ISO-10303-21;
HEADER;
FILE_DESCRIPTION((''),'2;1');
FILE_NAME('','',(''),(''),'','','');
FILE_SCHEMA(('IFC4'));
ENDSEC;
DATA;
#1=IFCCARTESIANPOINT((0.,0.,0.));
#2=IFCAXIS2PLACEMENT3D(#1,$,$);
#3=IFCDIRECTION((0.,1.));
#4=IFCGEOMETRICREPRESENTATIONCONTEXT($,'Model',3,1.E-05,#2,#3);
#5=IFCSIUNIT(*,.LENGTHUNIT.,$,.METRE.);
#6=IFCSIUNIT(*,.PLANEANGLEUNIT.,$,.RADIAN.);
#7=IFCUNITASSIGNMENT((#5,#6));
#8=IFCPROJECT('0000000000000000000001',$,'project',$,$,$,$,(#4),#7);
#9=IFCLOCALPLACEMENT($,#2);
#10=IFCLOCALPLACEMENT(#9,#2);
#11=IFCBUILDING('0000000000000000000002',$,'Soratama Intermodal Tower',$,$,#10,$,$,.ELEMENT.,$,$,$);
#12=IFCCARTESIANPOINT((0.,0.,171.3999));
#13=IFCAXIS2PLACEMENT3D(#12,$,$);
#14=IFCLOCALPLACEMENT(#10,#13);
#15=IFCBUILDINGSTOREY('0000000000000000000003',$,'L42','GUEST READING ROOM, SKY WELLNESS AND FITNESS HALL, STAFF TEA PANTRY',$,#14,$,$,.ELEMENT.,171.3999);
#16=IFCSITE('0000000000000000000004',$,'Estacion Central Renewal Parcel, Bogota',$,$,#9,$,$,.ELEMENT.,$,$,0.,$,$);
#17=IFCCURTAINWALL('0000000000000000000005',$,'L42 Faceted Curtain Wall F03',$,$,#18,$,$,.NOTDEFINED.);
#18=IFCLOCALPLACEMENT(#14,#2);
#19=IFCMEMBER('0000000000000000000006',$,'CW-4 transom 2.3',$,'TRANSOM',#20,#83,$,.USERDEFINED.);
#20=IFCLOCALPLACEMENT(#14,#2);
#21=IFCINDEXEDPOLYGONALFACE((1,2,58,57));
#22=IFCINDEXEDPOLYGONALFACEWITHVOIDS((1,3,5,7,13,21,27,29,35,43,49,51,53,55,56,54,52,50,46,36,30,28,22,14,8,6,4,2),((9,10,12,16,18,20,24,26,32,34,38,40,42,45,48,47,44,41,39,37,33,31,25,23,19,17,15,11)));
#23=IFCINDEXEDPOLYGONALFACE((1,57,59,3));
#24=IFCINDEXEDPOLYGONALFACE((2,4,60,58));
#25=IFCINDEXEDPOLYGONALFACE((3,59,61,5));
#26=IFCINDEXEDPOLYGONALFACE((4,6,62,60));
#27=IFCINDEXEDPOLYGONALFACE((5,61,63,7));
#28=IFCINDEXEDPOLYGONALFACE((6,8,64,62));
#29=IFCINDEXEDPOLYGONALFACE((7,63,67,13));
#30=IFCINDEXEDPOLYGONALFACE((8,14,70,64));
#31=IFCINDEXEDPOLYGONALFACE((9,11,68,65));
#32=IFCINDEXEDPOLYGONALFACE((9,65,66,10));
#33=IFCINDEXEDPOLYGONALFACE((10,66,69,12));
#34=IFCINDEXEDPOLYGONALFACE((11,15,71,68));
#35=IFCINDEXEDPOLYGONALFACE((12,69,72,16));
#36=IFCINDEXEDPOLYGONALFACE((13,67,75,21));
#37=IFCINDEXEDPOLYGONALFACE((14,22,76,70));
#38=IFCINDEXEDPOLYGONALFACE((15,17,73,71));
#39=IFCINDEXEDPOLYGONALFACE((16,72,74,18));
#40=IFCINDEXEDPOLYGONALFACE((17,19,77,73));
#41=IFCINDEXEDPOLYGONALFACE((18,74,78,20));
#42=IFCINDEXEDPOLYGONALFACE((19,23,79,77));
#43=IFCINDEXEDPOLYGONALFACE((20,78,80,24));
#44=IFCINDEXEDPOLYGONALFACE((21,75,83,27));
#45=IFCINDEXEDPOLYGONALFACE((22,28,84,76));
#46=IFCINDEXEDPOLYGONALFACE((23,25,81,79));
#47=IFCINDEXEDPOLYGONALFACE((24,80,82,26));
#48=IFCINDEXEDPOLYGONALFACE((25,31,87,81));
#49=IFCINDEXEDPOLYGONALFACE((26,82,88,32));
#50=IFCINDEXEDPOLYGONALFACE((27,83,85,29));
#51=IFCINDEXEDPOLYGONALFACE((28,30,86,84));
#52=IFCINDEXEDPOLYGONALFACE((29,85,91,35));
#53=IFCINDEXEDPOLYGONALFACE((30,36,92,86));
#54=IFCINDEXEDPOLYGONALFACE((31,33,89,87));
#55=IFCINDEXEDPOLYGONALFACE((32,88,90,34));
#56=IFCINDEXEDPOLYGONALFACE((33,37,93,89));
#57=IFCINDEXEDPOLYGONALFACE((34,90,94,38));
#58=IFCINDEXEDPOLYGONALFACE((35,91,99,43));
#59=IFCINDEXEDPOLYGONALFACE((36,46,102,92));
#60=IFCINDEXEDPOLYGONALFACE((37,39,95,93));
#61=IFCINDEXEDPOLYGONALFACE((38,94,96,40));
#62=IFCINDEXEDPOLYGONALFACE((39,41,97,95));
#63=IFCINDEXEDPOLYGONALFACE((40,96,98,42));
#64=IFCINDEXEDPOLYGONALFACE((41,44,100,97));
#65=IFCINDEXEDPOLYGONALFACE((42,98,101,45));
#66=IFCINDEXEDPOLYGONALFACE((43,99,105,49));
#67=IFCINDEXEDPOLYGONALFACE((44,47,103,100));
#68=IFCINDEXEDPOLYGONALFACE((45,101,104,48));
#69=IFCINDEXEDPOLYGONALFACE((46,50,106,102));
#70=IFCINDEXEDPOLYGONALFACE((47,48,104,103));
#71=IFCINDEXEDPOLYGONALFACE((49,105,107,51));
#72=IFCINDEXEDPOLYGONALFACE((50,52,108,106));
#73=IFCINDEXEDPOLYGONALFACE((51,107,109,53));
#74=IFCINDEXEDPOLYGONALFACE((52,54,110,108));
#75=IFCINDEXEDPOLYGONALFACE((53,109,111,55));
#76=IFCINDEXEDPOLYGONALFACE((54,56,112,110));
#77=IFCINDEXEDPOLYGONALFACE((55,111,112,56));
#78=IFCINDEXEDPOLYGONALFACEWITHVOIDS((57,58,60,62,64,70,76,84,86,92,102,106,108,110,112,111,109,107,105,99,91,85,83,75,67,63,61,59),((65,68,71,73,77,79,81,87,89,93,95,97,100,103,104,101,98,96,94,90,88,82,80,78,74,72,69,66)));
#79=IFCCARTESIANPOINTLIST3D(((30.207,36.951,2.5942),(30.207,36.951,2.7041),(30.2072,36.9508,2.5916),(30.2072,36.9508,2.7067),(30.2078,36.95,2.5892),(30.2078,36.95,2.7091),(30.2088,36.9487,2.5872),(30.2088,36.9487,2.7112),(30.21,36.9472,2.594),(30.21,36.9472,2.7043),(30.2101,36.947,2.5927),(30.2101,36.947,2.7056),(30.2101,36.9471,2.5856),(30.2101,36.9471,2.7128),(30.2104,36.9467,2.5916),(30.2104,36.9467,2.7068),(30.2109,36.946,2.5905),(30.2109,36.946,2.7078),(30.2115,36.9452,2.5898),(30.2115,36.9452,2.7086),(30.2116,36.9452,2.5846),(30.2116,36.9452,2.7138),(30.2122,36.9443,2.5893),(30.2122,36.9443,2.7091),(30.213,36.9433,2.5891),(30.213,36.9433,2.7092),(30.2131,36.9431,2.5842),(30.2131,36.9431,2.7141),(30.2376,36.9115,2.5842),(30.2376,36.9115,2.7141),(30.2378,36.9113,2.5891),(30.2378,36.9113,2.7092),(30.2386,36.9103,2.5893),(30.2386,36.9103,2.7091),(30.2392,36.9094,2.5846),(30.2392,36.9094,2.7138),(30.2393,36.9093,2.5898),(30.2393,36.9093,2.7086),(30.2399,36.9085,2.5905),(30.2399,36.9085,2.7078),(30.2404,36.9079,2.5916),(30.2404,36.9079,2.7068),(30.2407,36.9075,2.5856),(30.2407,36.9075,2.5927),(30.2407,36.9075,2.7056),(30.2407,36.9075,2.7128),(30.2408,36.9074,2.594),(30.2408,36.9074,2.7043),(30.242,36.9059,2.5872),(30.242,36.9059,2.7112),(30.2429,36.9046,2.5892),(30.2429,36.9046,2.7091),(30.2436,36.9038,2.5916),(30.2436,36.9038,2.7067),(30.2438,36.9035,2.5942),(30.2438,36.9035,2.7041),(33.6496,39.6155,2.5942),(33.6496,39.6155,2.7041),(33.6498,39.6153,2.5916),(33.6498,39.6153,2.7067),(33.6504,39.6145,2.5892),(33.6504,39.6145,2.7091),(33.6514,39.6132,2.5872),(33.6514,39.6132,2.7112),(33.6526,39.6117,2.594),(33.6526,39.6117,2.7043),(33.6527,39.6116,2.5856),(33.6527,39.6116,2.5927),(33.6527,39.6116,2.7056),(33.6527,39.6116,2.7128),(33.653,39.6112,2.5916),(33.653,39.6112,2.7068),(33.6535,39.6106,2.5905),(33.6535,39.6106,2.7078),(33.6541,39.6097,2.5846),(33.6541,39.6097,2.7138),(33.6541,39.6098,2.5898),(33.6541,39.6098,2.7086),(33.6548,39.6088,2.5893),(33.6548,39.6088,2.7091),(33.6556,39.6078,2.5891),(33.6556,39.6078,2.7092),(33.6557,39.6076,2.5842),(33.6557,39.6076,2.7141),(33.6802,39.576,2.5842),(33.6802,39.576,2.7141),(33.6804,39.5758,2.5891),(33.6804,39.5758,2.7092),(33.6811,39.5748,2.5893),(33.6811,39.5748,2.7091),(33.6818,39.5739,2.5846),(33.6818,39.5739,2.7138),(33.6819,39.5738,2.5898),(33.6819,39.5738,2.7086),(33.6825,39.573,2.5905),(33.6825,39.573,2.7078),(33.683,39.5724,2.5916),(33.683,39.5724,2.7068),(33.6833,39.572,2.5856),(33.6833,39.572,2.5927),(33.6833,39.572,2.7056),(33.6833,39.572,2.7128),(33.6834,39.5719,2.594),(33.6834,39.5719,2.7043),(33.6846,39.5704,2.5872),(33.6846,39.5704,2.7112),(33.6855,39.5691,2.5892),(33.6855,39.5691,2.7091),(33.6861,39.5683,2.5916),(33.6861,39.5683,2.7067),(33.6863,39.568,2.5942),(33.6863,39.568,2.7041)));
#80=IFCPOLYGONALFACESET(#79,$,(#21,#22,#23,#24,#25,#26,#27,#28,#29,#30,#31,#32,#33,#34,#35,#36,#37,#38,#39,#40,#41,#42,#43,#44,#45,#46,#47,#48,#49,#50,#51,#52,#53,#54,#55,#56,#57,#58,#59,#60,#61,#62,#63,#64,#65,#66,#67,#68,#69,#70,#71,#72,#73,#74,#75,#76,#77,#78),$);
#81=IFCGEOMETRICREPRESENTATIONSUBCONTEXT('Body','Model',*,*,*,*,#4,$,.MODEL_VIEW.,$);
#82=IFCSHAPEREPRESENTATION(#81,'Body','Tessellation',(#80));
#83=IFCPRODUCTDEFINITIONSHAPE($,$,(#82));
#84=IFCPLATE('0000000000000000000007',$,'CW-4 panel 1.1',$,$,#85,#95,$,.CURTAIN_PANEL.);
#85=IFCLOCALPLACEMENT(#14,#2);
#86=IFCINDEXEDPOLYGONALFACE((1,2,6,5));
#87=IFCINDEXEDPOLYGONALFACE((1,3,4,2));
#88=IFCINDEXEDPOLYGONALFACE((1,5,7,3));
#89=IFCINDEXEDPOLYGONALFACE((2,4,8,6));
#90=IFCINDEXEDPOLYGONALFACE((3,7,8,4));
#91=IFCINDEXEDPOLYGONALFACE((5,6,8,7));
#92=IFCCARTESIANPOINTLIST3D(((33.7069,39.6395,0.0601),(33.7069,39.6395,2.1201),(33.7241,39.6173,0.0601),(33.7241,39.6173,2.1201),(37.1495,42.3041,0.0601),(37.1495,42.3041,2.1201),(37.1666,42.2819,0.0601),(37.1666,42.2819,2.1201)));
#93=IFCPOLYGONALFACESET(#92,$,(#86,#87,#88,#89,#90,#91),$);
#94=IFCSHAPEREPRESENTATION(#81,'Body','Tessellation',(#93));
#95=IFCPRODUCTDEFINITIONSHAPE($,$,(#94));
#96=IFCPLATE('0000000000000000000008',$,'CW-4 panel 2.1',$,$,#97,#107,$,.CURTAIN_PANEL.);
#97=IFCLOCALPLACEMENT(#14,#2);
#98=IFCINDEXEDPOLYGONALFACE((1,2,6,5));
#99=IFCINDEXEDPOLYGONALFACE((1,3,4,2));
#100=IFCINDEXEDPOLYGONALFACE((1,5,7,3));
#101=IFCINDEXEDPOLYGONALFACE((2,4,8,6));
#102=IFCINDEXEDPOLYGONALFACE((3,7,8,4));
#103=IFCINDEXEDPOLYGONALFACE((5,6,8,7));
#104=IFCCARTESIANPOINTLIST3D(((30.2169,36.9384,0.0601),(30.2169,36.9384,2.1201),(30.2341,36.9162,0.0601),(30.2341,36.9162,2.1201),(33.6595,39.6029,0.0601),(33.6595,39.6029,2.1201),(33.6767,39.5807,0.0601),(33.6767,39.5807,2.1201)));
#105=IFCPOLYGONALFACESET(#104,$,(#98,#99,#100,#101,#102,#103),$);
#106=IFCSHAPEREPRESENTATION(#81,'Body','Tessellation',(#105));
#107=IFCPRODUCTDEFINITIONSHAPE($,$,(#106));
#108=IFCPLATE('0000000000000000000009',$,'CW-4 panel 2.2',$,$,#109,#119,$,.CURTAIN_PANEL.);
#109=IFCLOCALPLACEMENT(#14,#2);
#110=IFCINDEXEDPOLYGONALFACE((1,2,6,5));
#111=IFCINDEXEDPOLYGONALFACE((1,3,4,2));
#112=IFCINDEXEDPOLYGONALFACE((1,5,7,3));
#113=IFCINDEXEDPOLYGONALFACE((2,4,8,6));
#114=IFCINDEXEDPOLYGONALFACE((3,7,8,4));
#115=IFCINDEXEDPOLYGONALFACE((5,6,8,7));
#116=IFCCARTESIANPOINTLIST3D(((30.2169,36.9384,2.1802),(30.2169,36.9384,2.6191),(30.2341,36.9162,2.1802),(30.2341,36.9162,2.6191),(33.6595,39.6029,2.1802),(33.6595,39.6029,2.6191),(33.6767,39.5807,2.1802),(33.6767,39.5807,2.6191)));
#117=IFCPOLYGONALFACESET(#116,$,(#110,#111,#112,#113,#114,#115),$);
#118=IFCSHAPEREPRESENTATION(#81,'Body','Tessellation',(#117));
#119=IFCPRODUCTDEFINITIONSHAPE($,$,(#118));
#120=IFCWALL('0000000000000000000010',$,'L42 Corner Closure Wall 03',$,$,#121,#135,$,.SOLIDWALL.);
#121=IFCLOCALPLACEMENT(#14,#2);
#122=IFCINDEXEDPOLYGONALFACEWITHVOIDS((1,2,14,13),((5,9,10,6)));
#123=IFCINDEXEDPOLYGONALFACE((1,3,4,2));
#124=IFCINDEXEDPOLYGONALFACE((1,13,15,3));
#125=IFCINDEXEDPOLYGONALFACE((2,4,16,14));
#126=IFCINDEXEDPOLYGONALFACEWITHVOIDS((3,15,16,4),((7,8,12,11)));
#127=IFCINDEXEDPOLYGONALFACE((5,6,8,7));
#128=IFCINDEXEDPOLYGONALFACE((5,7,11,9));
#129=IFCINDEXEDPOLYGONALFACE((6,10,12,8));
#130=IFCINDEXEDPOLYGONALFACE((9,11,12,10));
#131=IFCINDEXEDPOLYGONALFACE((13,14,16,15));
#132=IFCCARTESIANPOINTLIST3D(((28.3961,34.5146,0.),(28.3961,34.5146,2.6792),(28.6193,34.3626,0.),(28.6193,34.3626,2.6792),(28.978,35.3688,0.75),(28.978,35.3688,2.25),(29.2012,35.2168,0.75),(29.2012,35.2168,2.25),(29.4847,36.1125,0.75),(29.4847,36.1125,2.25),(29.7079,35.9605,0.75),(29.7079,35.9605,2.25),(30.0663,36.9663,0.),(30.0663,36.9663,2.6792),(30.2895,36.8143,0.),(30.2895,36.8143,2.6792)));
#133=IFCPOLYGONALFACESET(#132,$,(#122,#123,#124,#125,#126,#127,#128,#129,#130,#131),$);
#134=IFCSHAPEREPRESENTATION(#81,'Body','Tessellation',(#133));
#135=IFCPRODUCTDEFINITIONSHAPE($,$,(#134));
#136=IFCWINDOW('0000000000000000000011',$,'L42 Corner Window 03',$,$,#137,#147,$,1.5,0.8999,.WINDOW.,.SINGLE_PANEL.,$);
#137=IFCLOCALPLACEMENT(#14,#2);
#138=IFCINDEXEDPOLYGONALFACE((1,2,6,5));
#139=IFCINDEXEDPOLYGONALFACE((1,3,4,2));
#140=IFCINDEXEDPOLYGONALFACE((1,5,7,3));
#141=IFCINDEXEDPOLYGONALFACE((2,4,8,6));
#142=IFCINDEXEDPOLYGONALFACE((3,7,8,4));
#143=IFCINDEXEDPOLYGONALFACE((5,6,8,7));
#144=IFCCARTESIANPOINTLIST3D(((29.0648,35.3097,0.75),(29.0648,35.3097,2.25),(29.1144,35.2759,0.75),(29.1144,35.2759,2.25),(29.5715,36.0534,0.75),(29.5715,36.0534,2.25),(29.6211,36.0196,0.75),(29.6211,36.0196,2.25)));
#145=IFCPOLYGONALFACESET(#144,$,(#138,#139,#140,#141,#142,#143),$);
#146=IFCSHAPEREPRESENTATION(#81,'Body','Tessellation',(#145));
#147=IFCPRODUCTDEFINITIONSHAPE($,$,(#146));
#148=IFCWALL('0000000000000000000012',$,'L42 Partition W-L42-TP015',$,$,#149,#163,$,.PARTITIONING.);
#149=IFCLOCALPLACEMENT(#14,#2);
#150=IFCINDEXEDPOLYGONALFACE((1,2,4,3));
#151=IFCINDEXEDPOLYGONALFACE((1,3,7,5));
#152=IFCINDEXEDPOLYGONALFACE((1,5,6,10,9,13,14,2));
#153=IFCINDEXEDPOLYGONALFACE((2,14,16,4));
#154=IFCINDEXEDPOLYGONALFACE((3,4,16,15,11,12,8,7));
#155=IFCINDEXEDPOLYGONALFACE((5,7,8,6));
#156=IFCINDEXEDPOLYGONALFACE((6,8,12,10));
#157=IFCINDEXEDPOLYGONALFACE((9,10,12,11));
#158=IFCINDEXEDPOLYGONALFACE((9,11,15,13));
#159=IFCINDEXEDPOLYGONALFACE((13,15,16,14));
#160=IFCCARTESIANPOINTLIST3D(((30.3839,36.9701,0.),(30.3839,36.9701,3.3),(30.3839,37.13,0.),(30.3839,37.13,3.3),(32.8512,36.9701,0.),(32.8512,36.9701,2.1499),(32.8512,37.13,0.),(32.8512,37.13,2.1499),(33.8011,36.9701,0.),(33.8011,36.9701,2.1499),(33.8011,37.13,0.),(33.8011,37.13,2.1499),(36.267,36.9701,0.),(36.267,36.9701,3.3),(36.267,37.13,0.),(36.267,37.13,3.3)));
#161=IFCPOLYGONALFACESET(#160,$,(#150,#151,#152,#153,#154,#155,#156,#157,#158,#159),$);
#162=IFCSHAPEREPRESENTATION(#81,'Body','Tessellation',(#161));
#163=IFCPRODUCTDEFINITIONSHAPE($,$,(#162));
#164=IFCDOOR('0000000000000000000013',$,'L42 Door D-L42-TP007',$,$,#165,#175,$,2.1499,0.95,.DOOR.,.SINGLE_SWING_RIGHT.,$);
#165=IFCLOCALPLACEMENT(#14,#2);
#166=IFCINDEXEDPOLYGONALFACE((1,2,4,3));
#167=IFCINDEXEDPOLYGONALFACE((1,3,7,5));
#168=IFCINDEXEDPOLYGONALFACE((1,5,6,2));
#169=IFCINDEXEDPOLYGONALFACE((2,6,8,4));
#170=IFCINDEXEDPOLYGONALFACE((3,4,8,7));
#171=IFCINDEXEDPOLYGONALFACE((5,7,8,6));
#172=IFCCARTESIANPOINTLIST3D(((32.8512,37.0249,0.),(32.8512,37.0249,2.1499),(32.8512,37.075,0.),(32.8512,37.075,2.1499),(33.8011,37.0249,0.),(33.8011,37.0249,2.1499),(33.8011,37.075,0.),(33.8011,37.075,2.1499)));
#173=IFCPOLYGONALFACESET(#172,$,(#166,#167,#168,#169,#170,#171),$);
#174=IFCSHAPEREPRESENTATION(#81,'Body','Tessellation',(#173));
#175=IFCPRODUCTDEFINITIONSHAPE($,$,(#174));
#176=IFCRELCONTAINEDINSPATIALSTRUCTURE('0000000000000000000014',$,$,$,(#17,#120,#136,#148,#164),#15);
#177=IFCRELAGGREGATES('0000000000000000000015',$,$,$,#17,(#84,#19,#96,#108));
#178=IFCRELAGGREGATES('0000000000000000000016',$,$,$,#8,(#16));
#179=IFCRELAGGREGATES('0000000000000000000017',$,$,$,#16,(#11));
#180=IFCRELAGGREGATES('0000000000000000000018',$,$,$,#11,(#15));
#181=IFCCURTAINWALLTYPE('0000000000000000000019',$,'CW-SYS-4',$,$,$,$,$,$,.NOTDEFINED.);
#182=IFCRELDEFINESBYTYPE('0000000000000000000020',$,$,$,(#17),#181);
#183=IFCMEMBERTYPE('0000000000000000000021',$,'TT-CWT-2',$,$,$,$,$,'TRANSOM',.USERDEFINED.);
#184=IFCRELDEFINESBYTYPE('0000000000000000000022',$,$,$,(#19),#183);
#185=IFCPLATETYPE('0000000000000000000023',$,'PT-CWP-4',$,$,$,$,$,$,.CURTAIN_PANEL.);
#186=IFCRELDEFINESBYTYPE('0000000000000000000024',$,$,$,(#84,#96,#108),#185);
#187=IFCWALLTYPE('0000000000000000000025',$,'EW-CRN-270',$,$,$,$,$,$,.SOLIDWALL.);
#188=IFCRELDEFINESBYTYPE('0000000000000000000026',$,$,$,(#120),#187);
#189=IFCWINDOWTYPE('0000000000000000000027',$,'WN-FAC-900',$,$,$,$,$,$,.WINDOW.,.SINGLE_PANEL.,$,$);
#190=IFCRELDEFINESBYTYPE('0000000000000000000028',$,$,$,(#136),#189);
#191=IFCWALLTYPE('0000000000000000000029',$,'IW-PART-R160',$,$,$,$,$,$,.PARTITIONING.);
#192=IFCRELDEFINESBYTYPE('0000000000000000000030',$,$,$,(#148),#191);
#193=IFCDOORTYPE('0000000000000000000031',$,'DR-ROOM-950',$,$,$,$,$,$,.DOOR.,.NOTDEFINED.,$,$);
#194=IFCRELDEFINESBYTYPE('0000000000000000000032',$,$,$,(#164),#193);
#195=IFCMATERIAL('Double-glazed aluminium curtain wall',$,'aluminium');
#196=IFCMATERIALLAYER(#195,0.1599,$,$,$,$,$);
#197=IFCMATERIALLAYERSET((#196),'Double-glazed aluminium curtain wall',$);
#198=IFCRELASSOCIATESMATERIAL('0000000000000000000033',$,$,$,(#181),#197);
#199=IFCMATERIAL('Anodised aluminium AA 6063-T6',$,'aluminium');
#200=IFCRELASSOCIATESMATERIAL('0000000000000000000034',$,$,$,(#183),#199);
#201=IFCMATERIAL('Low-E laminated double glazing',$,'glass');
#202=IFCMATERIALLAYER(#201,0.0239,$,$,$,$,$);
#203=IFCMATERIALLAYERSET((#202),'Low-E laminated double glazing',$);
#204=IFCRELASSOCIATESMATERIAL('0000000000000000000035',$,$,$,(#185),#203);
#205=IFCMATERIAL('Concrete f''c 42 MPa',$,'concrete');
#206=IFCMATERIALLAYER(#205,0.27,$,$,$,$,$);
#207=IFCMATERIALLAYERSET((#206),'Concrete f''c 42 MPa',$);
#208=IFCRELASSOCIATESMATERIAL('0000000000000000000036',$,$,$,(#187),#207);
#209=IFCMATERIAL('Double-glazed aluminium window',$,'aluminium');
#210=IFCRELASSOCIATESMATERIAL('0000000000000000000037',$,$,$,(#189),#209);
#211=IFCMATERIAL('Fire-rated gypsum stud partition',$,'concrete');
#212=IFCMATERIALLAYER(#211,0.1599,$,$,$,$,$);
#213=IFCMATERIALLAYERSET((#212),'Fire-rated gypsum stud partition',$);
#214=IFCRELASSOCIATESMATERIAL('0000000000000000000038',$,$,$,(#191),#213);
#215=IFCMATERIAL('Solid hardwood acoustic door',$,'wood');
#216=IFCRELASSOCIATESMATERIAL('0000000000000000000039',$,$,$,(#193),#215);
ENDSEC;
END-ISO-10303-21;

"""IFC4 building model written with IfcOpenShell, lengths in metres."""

from ifc_helpers import new_model, si_unit, direction, frame, frame_2d, origin, origin_2d, place, context, subcontext, project, spatial, rectangle, hollow_rectangle, extrude, material, layer, layer_set, material_profile, profile_set, type_object, element, fill, aggregate, save


model = new_model("IFC4")

# Units and contexts
model_context = context("Model", 3, precision=1e-05, world=origin(), true_north=direction((0.0, 1.0)))
body_context = subcontext(model_context, "Body", "Model", "MODEL_VIEW")
ifc_project = project(units=[si_unit("LENGTHUNIT", "METRE"), si_unit("PLANEANGLEUNIT", "RADIAN")], contexts=[model_context])

# Site, building, storey
site_placement = place(None, origin())
site = spatial("IfcSite", under=ifc_project, at=site_placement, Name="Estacion Central Renewal Parcel, Bogota", CompositionType="ELEMENT", RefElevation=0.0)
building_placement = place(site_placement, origin())
building = spatial("IfcBuilding", under=site, at=building_placement, Name="Soratama Intermodal Tower", CompositionType="ELEMENT")
storey_placement = place(building_placement, frame((0.0, 0.0, 171.3999)))
storey = spatial("IfcBuildingStorey", under=building, at=storey_placement, Name="L42", Description="GUEST READING ROOM, SKY WELLNESS AND FITNESS HALL, STAFF TEA PANTRY", CompositionType="ELEMENT", Elevation=171.3999)

# Curtain wall, member, plates
ifc_material_1 = material(Name="Double-glazed aluminium curtain wall", Category="aluminium")
ifc_layer_1 = layer(ifc_material_1, 0.1599)
ifc_layer_set_1 = layer_set([ifc_layer_1], Name="Double-glazed aluminium curtain wall")
curtain_wall_type = type_object("IfcCurtainWallType", Name="CW-SYS-4", PredefinedType="NOTDEFINED", material=ifc_layer_set_1)
curtain_wall_placement = place(storey_placement, origin())
curtain_wall = element("IfcCurtainWall", 1, at=curtain_wall_placement, inside=storey, type_object=curtain_wall_type, Name="L42 Faceted Curtain Wall F03", PredefinedType="NOTDEFINED")
ifc_material_2 = material(Name="Anodised aluminium AA 6063-T6", Category="aluminium")
ifc_material_profile_1 = material_profile(ifc_material_2, hollow_rectangle(XDim=0.0601, YDim=0.1299, WallThickness=0.0049, InnerFilletRadius=0.0049, OuterFilletRadius=0.01, at=origin_2d()), Name="CWT130X60X5")
ifc_profile_set_1 = profile_set([ifc_material_profile_1], Name="Anodised aluminium AA 6063-T6")
member_type_1 = type_object("IfcMemberType", Name="TT-CWT-2", ElementType="TRANSOM", PredefinedType="USERDEFINED", material=ifc_profile_set_1)
member_1_placement = place(storey_placement, frame((33.668, 39.5918, 2.6492), z_axis=(-0.790803, -0.612071, 0.0), x_axis=(0.612071, -0.790803, 0.0)))
member_1 = element("IfcMember", 2, at=member_1_placement, type_object=member_type_1, Name="CW-4 transom 2.3", ObjectType="TRANSOM", PredefinedType="USERDEFINED", context=body_context, shape_type="SweptSolid", body=[
    extrude(hollow_rectangle(XDim=0.0601, YDim=0.1299, WallThickness=0.0049, InnerFilletRadius=0.0049, OuterFilletRadius=0.01, at=origin_2d()), origin(), (0.0, 0.0, 1.0), 4.3533),
])
ifc_material_3 = material(Name="Low-E laminated double glazing", Category="glass")
ifc_layer_2 = layer(ifc_material_3, 0.0239)
ifc_layer_set_2 = layer_set([ifc_layer_2], Name="Low-E laminated double glazing")
plate_type = type_object("IfcPlateType", Name="PT-CWP-4", PredefinedType="CURTAIN_PANEL", material=ifc_layer_set_2)
plate_1_placement = place(storey_placement, frame((35.4368, 40.9607, 0.0601), z_axis=(0.0, 0.0, 1.0), x_axis=(-0.790801, -0.612073, 0.0)))
plate_1 = element("IfcPlate", 3, at=plate_1_placement, type_object=plate_type, Name="CW-4 panel 1.1", PredefinedType="CURTAIN_PANEL", context=body_context, shape_type="SweptSolid", body=[
    extrude(rectangle(XDim=4.3533, YDim=0.0281, at=origin_2d()), origin(), (0.0, 0.0, 1.0), 2.0601),
])
plate_2_placement = place(storey_placement, frame((31.9468, 38.2595, 0.0601), z_axis=(0.0, 0.0, 1.0), x_axis=(-0.790801, -0.612073, 0.0)))
plate_2 = element("IfcPlate", 4, at=plate_2_placement, type_object=plate_type, Name="CW-4 panel 2.1", PredefinedType="CURTAIN_PANEL", context=body_context, shape_type="SweptSolid", body=[
    extrude(rectangle(XDim=4.3533, YDim=0.0281, at=origin_2d()), origin(), (0.0, 0.0, 1.0), 2.0601),
])
plate_3_placement = place(storey_placement, frame((31.9468, 38.2595, 2.1802), z_axis=(0.0, 0.0, 1.0), x_axis=(-0.790801, -0.612073, 0.0)))
plate_3 = element("IfcPlate", 5, at=plate_3_placement, type_object=plate_type, Name="CW-4 panel 2.2", PredefinedType="CURTAIN_PANEL", context=body_context, shape_type="SweptSolid", body=[
    extrude(rectangle(XDim=4.3533, YDim=0.0281, at=origin_2d()), origin(), (0.0, 0.0, 1.0), 0.439),
])
aggregate(curtain_wall, [plate_1, member_1, plate_2, plate_3])

# Wall, opening, window
ifc_material_4 = material(Name="Concrete f'c 42 MPa", Category="concrete")
ifc_layer_3 = layer(ifc_material_4, 0.27)
ifc_layer_set_3 = layer_set([ifc_layer_3], Name="Concrete f'c 42 MPa")
wall_type_1 = type_object("IfcWallType", Name="EW-CRN-270", PredefinedType="SOLIDWALL", material=ifc_layer_set_3)
wall_1_placement = place(storey_placement, frame((30.178, 36.8904, 0.0), z_axis=(0.0, 0.0, 1.0), x_axis=(-0.56301, -0.82645, 0.0)))
wall_1 = element("IfcWall", 6, at=wall_1_placement, inside=storey, type_object=wall_type_1, Name="L42 Corner Closure Wall 03", PredefinedType="SOLIDWALL", context=body_context, shape_type="SweptSolid", body=[
    extrude(rectangle(XDim=2.9666, YDim=0.27, at=frame_2d((1.4834, 0.0))), origin(), (0.0, 0.0, 1.0), 2.6792),
])
opening_1_placement = place(wall_1_placement, frame((1.0332, 0.0, 0.75)))
opening_1 = element("IfcOpeningElement", 7, at=opening_1_placement, cuts=wall_1, PredefinedType="OPENING", context=body_context, shape_type="SweptSolid", body=[
    extrude(rectangle(XDim=0.8999, YDim=1.5, at=frame_2d((0.45, 0.75))), frame((0.0, 0.145, 0.0), z_axis=(0.0, -1.0, 0.0), x_axis=(1.0, 0.0, 0.0)), (0.0, 0.0, 1.0), 0.29),
])
ifc_material_5 = material(Name="Double-glazed aluminium window", Category="aluminium")
window_type_1 = type_object("IfcWindowType", Name="WN-FAC-900", PartitioningType="SINGLE_PANEL", PredefinedType="WINDOW", material=ifc_material_5)
window_1_placement = place(opening_1_placement, origin())
window_1 = element("IfcWindow", 8, at=window_1_placement, inside=storey, type_object=window_type_1, Name="L42 Corner Window 03", OverallHeight=1.5, OverallWidth=0.8999, PartitioningType="SINGLE_PANEL", PredefinedType="WINDOW", context=body_context, shape_type="SweptSolid", body=[
    extrude(rectangle(XDim=0.8999, YDim=1.5, at=frame_2d((0.45, 0.75))), frame((0.0, 0.03, 0.0), z_axis=(0.0, -1.0, 0.0), x_axis=(1.0, 0.0, 0.0)), (0.0, 0.0, 1.0), 0.0601),
])
fill(opening_1, window_1)

# Wall, opening, door
ifc_material_6 = material(Name="Fire-rated gypsum stud partition", Category="concrete")
ifc_layer_4 = layer(ifc_material_6, 0.1599)
ifc_layer_set_4 = layer_set([ifc_layer_4], Name="Fire-rated gypsum stud partition")
wall_type_2 = type_object("IfcWallType", Name="IW-PART-R160", PredefinedType="PARTITIONING", material=ifc_layer_set_4)
wall_2_placement = place(storey_placement, frame((30.384, 37.05, 0.0), z_axis=(0.0, 0.0, 1.0), x_axis=(1.0, 0.0, 0.0)))
wall_2 = element("IfcWall", 9, at=wall_2_placement, inside=storey, type_object=wall_type_2, Name="L42 Partition W-L42-TP015", PredefinedType="PARTITIONING", context=body_context, shape_type="SweptSolid", body=[
    extrude(rectangle(XDim=5.8831, YDim=0.1599, at=frame_2d((2.9414, 0.0))), origin(), (0.0, 0.0, 1.0), 3.3),
])
opening_2_placement = place(wall_2_placement, frame((2.467, 0.0, 0.0)))
opening_2 = element("IfcOpeningElement", 10, at=opening_2_placement, cuts=wall_2, PredefinedType="OPENING", context=body_context, shape_type="SweptSolid", body=[
    extrude(rectangle(XDim=0.95, YDim=2.1499, at=frame_2d((0.4751, 1.075))), frame((0.0, 0.0898, 0.0), z_axis=(0.0, -1.0, 0.0), x_axis=(1.0, 0.0, 0.0)), (0.0, 0.0, 1.0), 0.1799),
])
ifc_material_7 = material(Name="Solid hardwood acoustic door", Category="wood")
door_type_1 = type_object("IfcDoorType", Name="DR-ROOM-950", OperationType="NOTDEFINED", PredefinedType="DOOR", material=ifc_material_7)
door_1_placement = place(opening_2_placement, origin())
door_1 = element("IfcDoor", 11, at=door_1_placement, inside=storey, type_object=door_type_1, Name="L42 Door D-L42-TP007", OperationType="SINGLE_SWING_RIGHT", OverallHeight=2.1499, OverallWidth=0.95, PredefinedType="DOOR", context=body_context, shape_type="SweptSolid", body=[
    extrude(rectangle(XDim=0.95, YDim=2.1499, at=frame_2d((0.4751, 1.075))), frame((0.0, 0.0249, 0.0), z_axis=(0.0, -1.0, 0.0), x_axis=(1.0, 0.0, 0.0)), (0.0, 0.0, 1.0), 0.05),
])
fill(opening_2, door_1)

save(model, "model.ifc")
